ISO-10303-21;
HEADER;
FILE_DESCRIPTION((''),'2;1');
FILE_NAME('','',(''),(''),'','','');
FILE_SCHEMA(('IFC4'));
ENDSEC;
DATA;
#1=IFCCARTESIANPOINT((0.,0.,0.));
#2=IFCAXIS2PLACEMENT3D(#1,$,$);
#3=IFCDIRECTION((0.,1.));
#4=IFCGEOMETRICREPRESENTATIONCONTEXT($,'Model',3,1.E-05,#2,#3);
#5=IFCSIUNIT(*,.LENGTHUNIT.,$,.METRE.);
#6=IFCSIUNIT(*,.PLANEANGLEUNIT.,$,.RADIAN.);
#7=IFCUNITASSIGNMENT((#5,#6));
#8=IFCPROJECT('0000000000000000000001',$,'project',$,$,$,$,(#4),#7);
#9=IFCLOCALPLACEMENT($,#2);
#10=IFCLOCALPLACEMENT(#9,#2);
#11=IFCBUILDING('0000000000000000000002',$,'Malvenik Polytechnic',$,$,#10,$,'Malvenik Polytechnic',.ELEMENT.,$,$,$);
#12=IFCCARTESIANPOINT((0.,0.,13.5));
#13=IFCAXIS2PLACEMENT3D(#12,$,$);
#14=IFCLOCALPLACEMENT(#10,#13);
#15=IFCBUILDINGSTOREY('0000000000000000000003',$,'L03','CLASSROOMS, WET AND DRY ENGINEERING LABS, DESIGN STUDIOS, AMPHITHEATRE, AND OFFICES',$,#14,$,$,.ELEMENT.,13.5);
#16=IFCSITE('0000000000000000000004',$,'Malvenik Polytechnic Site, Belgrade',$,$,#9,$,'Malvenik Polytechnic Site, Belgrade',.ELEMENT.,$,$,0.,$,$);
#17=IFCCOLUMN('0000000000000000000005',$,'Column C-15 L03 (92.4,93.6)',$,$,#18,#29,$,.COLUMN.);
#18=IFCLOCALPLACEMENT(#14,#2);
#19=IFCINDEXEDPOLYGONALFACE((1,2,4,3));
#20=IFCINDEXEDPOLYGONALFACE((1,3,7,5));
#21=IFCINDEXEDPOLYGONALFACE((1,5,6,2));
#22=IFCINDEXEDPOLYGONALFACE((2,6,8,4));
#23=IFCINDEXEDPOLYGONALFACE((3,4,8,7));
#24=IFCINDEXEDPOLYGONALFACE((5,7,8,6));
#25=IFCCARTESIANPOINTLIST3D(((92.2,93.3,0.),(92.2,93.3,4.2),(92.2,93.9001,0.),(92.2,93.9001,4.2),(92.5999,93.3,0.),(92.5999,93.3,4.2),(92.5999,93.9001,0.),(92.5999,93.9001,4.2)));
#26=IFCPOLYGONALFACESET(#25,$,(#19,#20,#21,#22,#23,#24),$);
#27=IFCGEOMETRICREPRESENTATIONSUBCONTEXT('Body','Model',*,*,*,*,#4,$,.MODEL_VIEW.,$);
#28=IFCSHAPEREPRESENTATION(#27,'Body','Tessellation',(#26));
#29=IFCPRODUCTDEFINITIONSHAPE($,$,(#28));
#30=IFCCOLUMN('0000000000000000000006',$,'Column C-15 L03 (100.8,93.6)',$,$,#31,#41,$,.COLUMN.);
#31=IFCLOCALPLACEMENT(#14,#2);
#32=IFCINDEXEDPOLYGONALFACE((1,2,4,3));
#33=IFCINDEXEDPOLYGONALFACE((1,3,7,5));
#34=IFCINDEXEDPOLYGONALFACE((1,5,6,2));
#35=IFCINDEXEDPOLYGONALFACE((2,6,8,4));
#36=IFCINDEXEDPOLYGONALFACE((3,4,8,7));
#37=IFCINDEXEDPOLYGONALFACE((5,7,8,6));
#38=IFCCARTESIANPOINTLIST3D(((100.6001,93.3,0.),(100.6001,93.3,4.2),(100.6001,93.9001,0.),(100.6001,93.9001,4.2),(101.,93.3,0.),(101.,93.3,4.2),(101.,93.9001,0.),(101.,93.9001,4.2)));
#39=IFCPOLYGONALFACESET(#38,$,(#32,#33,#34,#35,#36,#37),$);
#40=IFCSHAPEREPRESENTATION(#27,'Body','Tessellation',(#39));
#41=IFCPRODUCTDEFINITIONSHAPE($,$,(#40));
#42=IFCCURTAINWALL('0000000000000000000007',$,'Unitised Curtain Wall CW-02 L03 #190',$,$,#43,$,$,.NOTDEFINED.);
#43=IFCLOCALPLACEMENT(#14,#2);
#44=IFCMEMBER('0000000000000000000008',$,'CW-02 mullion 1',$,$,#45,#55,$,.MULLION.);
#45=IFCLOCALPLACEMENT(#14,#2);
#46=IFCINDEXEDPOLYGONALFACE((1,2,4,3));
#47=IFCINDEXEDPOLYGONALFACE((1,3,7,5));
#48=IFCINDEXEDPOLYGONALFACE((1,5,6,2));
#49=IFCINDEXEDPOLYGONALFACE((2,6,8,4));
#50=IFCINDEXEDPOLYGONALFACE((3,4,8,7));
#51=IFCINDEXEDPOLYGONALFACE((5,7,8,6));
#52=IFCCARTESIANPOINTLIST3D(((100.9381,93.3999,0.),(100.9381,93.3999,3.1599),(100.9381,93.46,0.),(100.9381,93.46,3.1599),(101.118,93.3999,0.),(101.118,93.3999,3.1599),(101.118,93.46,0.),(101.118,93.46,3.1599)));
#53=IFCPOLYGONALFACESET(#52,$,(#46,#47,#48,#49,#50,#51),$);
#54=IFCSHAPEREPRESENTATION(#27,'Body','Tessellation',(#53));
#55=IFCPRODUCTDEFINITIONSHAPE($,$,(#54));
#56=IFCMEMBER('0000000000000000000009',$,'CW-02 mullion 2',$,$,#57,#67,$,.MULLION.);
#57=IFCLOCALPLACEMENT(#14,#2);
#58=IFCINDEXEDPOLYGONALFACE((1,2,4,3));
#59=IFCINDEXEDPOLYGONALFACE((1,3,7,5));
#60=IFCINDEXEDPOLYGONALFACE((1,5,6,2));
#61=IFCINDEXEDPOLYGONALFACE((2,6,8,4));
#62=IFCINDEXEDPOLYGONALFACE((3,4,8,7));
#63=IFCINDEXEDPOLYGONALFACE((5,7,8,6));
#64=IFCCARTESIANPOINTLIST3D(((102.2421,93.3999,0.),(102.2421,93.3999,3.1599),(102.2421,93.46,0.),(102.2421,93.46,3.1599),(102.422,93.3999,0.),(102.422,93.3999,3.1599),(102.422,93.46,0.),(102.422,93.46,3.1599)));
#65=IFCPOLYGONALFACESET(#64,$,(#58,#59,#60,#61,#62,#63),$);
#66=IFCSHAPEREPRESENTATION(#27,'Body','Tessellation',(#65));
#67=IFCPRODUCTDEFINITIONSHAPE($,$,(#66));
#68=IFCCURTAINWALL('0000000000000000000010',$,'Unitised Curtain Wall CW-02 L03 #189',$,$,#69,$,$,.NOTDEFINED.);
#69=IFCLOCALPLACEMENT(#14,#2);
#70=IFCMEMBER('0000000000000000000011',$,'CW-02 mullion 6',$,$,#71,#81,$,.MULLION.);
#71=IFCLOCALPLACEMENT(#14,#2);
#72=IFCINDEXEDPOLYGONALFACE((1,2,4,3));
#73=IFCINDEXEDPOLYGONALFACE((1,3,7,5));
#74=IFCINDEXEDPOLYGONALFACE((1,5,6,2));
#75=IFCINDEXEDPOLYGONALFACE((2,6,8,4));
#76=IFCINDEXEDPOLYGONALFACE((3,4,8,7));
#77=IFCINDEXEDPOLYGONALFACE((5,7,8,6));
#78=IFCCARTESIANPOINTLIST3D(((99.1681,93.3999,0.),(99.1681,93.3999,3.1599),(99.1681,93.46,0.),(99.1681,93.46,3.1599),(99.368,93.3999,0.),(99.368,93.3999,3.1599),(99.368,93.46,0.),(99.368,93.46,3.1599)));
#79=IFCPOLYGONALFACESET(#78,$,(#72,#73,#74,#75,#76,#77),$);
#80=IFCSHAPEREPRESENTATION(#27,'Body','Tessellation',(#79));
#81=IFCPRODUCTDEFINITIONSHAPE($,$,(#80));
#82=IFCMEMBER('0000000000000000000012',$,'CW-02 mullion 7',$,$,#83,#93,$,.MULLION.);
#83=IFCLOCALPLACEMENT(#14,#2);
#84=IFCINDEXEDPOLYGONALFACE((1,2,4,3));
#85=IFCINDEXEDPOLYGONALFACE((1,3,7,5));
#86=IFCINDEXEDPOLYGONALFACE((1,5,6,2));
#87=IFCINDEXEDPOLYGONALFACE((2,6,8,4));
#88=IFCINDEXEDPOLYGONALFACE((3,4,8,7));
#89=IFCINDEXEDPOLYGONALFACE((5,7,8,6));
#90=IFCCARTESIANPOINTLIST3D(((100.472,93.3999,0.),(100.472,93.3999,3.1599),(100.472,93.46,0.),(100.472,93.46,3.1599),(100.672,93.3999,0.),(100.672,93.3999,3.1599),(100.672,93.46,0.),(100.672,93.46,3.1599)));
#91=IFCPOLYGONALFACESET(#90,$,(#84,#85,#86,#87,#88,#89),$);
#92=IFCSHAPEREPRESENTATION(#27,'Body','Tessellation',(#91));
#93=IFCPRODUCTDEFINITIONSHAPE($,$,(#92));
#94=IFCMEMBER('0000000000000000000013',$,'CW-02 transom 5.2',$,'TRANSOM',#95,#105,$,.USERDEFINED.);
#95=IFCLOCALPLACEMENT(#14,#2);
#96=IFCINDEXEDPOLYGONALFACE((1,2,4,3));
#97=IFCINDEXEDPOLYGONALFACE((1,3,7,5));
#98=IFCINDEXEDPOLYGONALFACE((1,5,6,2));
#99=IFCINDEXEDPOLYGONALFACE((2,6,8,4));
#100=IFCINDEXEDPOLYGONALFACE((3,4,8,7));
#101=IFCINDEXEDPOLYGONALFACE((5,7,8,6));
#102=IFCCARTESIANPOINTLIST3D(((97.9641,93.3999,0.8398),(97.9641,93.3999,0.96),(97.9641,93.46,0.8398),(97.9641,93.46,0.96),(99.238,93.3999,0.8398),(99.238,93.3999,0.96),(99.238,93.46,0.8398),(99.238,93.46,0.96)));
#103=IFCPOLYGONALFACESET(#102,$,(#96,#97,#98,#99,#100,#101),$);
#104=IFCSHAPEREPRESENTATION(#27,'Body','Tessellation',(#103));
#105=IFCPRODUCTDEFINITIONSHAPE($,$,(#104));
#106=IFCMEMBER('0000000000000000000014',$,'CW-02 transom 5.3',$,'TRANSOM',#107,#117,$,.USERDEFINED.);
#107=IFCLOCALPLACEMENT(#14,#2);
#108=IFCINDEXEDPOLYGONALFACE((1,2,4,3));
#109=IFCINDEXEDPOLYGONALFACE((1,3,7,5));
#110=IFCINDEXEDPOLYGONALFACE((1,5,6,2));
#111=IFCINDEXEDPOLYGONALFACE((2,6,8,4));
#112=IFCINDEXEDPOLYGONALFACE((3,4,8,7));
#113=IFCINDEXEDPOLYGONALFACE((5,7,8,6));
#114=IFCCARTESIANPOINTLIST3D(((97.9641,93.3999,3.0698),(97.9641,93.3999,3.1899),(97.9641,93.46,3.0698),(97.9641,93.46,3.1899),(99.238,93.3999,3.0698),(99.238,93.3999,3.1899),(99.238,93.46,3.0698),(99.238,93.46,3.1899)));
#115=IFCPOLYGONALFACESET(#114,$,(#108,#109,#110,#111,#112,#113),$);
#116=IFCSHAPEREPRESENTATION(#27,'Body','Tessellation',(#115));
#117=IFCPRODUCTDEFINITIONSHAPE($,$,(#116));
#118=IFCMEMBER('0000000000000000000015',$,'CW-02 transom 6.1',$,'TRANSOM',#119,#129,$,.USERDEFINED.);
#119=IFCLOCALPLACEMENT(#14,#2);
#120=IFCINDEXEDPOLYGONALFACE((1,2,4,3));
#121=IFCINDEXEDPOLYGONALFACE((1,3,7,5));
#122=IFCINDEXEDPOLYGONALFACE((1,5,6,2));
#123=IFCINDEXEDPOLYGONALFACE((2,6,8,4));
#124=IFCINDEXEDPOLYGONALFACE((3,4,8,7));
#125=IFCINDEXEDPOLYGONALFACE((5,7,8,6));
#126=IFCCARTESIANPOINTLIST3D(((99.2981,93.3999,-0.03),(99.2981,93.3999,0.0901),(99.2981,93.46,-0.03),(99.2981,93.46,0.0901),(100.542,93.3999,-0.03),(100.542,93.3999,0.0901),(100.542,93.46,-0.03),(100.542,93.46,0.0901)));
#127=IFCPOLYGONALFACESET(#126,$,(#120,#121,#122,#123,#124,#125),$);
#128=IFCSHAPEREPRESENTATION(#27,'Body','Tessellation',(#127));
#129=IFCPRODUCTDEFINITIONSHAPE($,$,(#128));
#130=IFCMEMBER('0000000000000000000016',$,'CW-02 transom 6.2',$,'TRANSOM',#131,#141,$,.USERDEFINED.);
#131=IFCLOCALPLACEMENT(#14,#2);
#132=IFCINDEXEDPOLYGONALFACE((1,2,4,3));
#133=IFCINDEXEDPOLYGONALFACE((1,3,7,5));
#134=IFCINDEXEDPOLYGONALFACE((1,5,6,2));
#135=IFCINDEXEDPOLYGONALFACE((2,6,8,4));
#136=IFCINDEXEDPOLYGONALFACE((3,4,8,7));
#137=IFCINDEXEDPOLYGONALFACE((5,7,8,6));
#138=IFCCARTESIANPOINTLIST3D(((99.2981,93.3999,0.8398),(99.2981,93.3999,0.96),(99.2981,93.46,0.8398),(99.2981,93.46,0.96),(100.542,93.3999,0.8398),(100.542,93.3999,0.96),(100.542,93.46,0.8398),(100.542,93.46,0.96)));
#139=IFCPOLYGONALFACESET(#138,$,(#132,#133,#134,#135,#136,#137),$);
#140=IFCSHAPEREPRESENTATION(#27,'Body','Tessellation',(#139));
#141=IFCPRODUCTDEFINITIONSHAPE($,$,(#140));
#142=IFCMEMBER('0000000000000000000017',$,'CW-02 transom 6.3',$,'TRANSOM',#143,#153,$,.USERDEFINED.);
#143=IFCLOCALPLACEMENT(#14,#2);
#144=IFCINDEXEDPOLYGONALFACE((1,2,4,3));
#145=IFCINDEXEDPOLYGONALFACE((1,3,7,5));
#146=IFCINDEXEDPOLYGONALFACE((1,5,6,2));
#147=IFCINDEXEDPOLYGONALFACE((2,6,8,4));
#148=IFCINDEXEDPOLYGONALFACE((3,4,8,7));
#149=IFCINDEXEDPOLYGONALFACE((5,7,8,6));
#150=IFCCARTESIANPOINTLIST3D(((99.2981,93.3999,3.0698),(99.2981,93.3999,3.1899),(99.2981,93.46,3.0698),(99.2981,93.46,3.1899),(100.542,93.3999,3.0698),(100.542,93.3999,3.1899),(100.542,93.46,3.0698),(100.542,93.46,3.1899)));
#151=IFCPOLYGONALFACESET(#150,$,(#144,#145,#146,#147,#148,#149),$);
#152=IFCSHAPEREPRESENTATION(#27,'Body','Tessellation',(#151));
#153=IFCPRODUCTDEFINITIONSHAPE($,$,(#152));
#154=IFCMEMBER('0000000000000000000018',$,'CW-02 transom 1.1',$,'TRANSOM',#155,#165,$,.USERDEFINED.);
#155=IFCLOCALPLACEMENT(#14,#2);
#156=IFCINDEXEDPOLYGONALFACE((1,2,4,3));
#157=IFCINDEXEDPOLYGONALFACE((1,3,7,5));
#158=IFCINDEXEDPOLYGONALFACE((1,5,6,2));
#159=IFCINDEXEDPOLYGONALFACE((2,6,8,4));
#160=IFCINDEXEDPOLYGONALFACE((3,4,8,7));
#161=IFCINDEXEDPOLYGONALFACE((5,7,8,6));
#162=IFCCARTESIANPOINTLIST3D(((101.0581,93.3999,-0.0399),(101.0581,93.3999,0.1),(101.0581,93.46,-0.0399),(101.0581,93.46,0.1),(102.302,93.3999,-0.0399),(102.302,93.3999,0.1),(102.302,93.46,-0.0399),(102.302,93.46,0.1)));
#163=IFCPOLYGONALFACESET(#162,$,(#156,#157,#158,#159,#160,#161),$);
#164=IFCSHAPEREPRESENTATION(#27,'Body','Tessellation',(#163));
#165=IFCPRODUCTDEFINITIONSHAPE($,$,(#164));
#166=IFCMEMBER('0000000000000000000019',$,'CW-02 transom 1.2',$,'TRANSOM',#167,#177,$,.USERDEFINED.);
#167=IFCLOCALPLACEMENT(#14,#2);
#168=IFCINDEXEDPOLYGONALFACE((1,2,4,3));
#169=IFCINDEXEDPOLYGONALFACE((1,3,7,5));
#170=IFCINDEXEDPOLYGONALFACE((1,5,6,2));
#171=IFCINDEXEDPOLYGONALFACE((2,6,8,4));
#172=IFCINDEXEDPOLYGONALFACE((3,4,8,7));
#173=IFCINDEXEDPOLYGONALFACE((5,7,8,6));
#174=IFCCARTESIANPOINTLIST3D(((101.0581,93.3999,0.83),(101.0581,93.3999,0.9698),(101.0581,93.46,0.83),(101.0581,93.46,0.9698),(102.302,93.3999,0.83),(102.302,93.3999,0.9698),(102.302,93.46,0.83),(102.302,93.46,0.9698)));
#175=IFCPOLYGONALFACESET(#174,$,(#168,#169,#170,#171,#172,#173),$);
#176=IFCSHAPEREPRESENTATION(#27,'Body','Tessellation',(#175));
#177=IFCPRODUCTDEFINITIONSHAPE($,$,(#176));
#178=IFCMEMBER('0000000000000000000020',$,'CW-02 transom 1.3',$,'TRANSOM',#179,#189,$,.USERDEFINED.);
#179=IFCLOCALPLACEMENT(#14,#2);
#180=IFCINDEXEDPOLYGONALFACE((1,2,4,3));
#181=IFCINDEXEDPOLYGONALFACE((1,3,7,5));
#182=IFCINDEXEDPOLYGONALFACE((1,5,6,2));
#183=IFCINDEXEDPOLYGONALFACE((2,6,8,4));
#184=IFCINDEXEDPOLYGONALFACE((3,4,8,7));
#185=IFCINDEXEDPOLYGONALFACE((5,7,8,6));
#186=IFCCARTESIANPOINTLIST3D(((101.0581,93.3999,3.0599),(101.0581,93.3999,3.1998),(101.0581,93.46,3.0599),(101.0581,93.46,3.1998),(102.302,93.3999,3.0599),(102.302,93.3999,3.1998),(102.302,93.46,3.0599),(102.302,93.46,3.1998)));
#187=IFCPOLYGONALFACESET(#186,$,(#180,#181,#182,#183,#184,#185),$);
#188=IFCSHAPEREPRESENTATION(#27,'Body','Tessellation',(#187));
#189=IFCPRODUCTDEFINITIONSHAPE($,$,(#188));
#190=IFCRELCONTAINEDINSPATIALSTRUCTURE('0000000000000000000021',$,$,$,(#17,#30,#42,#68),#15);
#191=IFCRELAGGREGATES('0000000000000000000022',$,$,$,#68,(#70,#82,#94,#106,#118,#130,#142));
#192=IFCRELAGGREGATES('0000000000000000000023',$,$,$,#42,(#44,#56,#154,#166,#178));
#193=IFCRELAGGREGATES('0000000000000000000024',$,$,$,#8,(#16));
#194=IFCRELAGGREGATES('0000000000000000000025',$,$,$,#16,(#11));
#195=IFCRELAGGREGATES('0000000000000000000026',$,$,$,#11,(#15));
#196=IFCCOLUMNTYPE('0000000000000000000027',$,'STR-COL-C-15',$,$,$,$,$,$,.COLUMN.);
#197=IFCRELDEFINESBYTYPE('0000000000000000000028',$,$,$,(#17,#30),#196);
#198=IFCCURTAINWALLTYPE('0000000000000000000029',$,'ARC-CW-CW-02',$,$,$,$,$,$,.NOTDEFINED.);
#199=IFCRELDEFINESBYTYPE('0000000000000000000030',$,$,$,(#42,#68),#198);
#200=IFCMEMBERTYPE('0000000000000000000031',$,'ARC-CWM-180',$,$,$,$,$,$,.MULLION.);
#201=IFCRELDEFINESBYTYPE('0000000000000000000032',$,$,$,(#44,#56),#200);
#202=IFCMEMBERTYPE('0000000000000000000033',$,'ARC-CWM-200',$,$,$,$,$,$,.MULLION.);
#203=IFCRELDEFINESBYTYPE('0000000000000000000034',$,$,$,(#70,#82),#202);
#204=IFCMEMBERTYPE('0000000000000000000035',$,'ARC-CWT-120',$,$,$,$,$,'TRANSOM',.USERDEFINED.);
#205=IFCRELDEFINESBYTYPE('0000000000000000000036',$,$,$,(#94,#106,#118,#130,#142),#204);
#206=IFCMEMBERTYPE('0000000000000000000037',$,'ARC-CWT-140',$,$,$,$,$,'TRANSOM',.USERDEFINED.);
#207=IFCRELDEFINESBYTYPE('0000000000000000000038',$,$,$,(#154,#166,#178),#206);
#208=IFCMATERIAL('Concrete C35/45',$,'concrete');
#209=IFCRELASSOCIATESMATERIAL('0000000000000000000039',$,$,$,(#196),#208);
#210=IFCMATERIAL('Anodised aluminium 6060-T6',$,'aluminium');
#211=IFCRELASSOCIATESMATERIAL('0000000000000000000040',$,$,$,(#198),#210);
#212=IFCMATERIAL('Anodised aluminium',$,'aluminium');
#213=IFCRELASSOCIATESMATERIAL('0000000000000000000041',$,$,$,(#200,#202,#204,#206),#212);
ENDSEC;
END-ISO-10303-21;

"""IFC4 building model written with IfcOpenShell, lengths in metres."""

from ifc_helpers import new_model, si_unit, direction, frame, origin, origin_2d, place, context, subcontext, project, spatial, rectangle, extrude, material, material_profile, profile_set, type_object, element, aggregate, save


model = new_model("IFC4")

# Units and contexts
model_context = context("Model", 3, precision=1e-05, world=origin(), true_north=direction((0.0, 1.0)))
body_context = subcontext(model_context, "Body", "Model", "MODEL_VIEW")
ifc_project = project(units=[si_unit("LENGTHUNIT", "METRE"), si_unit("PLANEANGLEUNIT", "RADIAN")], contexts=[model_context])

# Site, building, storey
site_placement = place(None, origin())
site = spatial("IfcSite", under=ifc_project, at=site_placement, Name="Malvenik Polytechnic Site, Belgrade", LongName="Malvenik Polytechnic Site, Belgrade", CompositionType="ELEMENT", RefElevation=0.0)
building_placement = place(site_placement, origin())
building = spatial("IfcBuilding", under=site, at=building_placement, Name="Malvenik Polytechnic", LongName="Malvenik Polytechnic", CompositionType="ELEMENT")
storey_placement = place(building_placement, frame((0.0, 0.0, 13.5)))
storey = spatial("IfcBuildingStorey", under=building, at=storey_placement, Name="L03", Description="CLASSROOMS, WET AND DRY ENGINEERING LABS, DESIGN STUDIOS, AMPHITHEATRE, AND OFFICES", CompositionType="ELEMENT", Elevation=13.5)

# Columns
ifc_material_1 = material(Name="Concrete C35/45", Category="concrete")
ifc_material_profile_1 = material_profile(ifc_material_1, rectangle(XDim=0.3999, YDim=0.6001, at=origin_2d()), Name="RC COL 600x400")
ifc_profile_set_1 = profile_set([ifc_material_profile_1], Name="Concrete C35/45")
column_type = type_object("IfcColumnType", Name="STR-COL-C-15", PredefinedType="COLUMN", material=ifc_profile_set_1)
for number, where, z_axis, x_axis, name in (
    (1, (92.3999, 93.6001, 0.0), (0.0, 0.0, 1.0), (1.0, 0.0, 0.0), "Column C-15 L03 (92.4,93.6)"),
    (2, (100.8, 93.6001, 0.0), (0.0, 0.0, 1.0), (1.0, 0.0, 0.0), "Column C-15 L03 (100.8,93.6)"),
):
    element("IfcColumn", number, at=place(storey_placement, frame(where, z_axis=z_axis, x_axis=x_axis)), inside=storey, type_object=column_type, Name=name, PredefinedType="COLUMN", context=body_context, shape_type="SweptSolid", body=[
        extrude(rectangle(XDim=0.3999, YDim=0.6001, at=origin_2d()), origin(), (0.0, 0.0, 1.0), 4.2),
    ])

# Curtain walls, members
ifc_material_2 = material(Name="Anodised aluminium 6060-T6", Category="aluminium")
curtain_wall_type = type_object("IfcCurtainWallType", Name="ARC-CW-CW-02", PredefinedType="NOTDEFINED", material=ifc_material_2)
curtain_wall_1_placement = place(storey_placement, origin())
curtain_wall_1 = element("IfcCurtainWall", 3, at=curtain_wall_1_placement, inside=storey, type_object=curtain_wall_type, Name="Unitised Curtain Wall CW-02 L03 #190", PredefinedType="NOTDEFINED")
ifc_material_3 = material(Name="Anodised aluminium", Category="aluminium")
ifc_material_profile_2 = material_profile(ifc_material_3, rectangle(XDim=0.0601, YDim=0.1799, at=origin_2d()), Name="ALU MULLION 60x180")
ifc_profile_set_2 = profile_set([ifc_material_profile_2], Name="Anodised aluminium")
member_type_1 = type_object("IfcMemberType", Name="ARC-CWM-180", PredefinedType="MULLION", material=ifc_profile_set_2)
member_1_placement = place(storey_placement, frame((101.0281, 93.4299, 0.0), z_axis=(0.0, 0.0, 1.0), x_axis=(0.0, 1.0, 0.0)))
member_1 = element("IfcMember", 4, at=member_1_placement, type_object=member_type_1, Name="CW-02 mullion 1", PredefinedType="MULLION", context=body_context, shape_type="SweptSolid", body=[
    extrude(rectangle(XDim=0.0601, YDim=0.1799, at=origin_2d()), origin(), (0.0, 0.0, 1.0), 3.1599),
])
member_2_placement = place(storey_placement, frame((102.332, 93.4299, 0.0), z_axis=(0.0, 0.0, 1.0), x_axis=(0.0, 1.0, 0.0)))
member_2 = element("IfcMember", 5, at=member_2_placement, type_object=member_type_1, Name="CW-02 mullion 2", PredefinedType="MULLION", context=body_context, shape_type="SweptSolid", body=[
    extrude(rectangle(XDim=0.0601, YDim=0.1799, at=origin_2d()), origin(), (0.0, 0.0, 1.0), 3.1599),
])
curtain_wall_2_placement = place(storey_placement, origin())
curtain_wall_2 = element("IfcCurtainWall", 6, at=curtain_wall_2_placement, inside=storey, type_object=curtain_wall_type, Name="Unitised Curtain Wall CW-02 L03 #189", PredefinedType="NOTDEFINED")
ifc_material_profile_3 = material_profile(ifc_material_3, rectangle(XDim=0.0601, YDim=0.2, at=origin_2d()), Name="ALU MULLION 60x200")
ifc_profile_set_3 = profile_set([ifc_material_profile_3], Name="Anodised aluminium")
member_type_2 = type_object("IfcMemberType", Name="ARC-CWM-200", PredefinedType="MULLION", material=ifc_profile_set_3)
member_3_placement = place(storey_placement, frame((99.2681, 93.4299, 0.0), z_axis=(0.0, 0.0, 1.0), x_axis=(0.0, 1.0, 0.0)))
member_3 = element("IfcMember", 7, at=member_3_placement, type_object=member_type_2, Name="CW-02 mullion 6", PredefinedType="MULLION", context=body_context, shape_type="SweptSolid", body=[
    extrude(rectangle(XDim=0.0601, YDim=0.2, at=origin_2d()), origin(), (0.0, 0.0, 1.0), 3.1599),
])
member_4_placement = place(storey_placement, frame((100.572, 93.4299, 0.0), z_axis=(0.0, 0.0, 1.0), x_axis=(0.0, 1.0, 0.0)))
member_4 = element("IfcMember", 8, at=member_4_placement, type_object=member_type_2, Name="CW-02 mullion 7", PredefinedType="MULLION", context=body_context, shape_type="SweptSolid", body=[
    extrude(rectangle(XDim=0.0601, YDim=0.2, at=origin_2d()), origin(), (0.0, 0.0, 1.0), 3.1599),
])
ifc_material_profile_4 = material_profile(ifc_material_3, rectangle(XDim=0.0601, YDim=0.1201, at=origin_2d()), Name="ALU TRANSOM 60x120")
ifc_profile_set_4 = profile_set([ifc_material_profile_4], Name="Anodised aluminium")
member_type_3 = type_object("IfcMemberType", Name="ARC-CWT-120", ElementType="TRANSOM", PredefinedType="USERDEFINED", material=ifc_profile_set_4)
member_5_placement = place(storey_placement, frame((97.9641, 93.4299, 0.8999), z_axis=(1.0, 0.0, 0.0), x_axis=(0.0, 1.0, 0.0)))
member_5 = element("IfcMember", 9, at=member_5_placement, type_object=member_type_3, Name="CW-02 transom 5.2", ObjectType="TRANSOM", PredefinedType="USERDEFINED", context=body_context, shape_type="SweptSolid", body=[
    extrude(rectangle(XDim=0.0601, YDim=0.1201, at=origin_2d()), origin(), (0.0, 0.0, 1.0), 1.2739),
])
member_6_placement = place(storey_placement, frame((97.9641, 93.4299, 3.1299), z_axis=(1.0, 0.0, 0.0), x_axis=(0.0, 1.0, 0.0)))
member_6 = element("IfcMember", 10, at=member_6_placement, type_object=member_type_3, Name="CW-02 transom 5.3", ObjectType="TRANSOM", PredefinedType="USERDEFINED", context=body_context, shape_type="SweptSolid", body=[
    extrude(rectangle(XDim=0.0601, YDim=0.1201, at=origin_2d()), origin(), (0.0, 0.0, 1.0), 1.2739),
])
member_7_placement = place(storey_placement, frame((99.2981, 93.4299, 0.03), z_axis=(1.0, 0.0, 0.0), x_axis=(0.0, 1.0, 0.0)))
member_7 = element("IfcMember", 11, at=member_7_placement, type_object=member_type_3, Name="CW-02 transom 6.1", ObjectType="TRANSOM", PredefinedType="USERDEFINED", context=body_context, shape_type="SweptSolid", body=[
    extrude(rectangle(XDim=0.0601, YDim=0.1201, at=origin_2d()), origin(), (0.0, 0.0, 1.0), 1.2439),
])
member_8_placement = place(storey_placement, frame((99.2981, 93.4299, 0.8999), z_axis=(1.0, 0.0, 0.0), x_axis=(0.0, 1.0, 0.0)))
member_8 = element("IfcMember", 12, at=member_8_placement, type_object=member_type_3, Name="CW-02 transom 6.2", ObjectType="TRANSOM", PredefinedType="USERDEFINED", context=body_context, shape_type="SweptSolid", body=[
    extrude(rectangle(XDim=0.0601, YDim=0.1201, at=origin_2d()), origin(), (0.0, 0.0, 1.0), 1.2439),
])
member_9_placement = place(storey_placement, frame((99.2981, 93.4299, 3.1299), z_axis=(1.0, 0.0, 0.0), x_axis=(0.0, 1.0, 0.0)))
member_9 = element("IfcMember", 13, at=member_9_placement, type_object=member_type_3, Name="CW-02 transom 6.3", ObjectType="TRANSOM", PredefinedType="USERDEFINED", context=body_context, shape_type="SweptSolid", body=[
    extrude(rectangle(XDim=0.0601, YDim=0.1201, at=origin_2d()), origin(), (0.0, 0.0, 1.0), 1.2439),
])

# Members
ifc_material_profile_5 = material_profile(ifc_material_3, rectangle(XDim=0.0601, YDim=0.1399, at=origin_2d()), Name="ALU TRANSOM 60x140")
ifc_profile_set_5 = profile_set([ifc_material_profile_5], Name="Anodised aluminium")
member_type_4 = type_object("IfcMemberType", Name="ARC-CWT-140", ElementType="TRANSOM", PredefinedType="USERDEFINED", material=ifc_profile_set_5)
member_10_placement = place(storey_placement, frame((101.0581, 93.4299, 0.03), z_axis=(1.0, 0.0, 0.0), x_axis=(0.0, 1.0, 0.0)))
member_10 = element("IfcMember", 14, at=member_10_placement, type_object=member_type_4, Name="CW-02 transom 1.1", ObjectType="TRANSOM", PredefinedType="USERDEFINED", context=body_context, shape_type="SweptSolid", body=[
    extrude(rectangle(XDim=0.0601, YDim=0.1399, at=origin_2d()), origin(), (0.0, 0.0, 1.0), 1.2439),
])
member_11_placement = place(storey_placement, frame((101.0581, 93.4299, 0.8999), z_axis=(1.0, 0.0, 0.0), x_axis=(0.0, 1.0, 0.0)))
member_11 = element("IfcMember", 15, at=member_11_placement, type_object=member_type_4, Name="CW-02 transom 1.2", ObjectType="TRANSOM", PredefinedType="USERDEFINED", context=body_context, shape_type="SweptSolid", body=[
    extrude(rectangle(XDim=0.0601, YDim=0.1399, at=origin_2d()), origin(), (0.0, 0.0, 1.0), 1.2439),
])
member_12_placement = place(storey_placement, frame((101.0581, 93.4299, 3.1299), z_axis=(1.0, 0.0, 0.0), x_axis=(0.0, 1.0, 0.0)))
member_12 = element("IfcMember", 16, at=member_12_placement, type_object=member_type_4, Name="CW-02 transom 1.3", ObjectType="TRANSOM", PredefinedType="USERDEFINED", context=body_context, shape_type="SweptSolid", body=[
    extrude(rectangle(XDim=0.0601, YDim=0.1399, at=origin_2d()), origin(), (0.0, 0.0, 1.0), 1.2439),
])

aggregate(curtain_wall_2, [member_3, member_4, member_5, member_6, member_7, member_8, member_9])
aggregate(curtain_wall_1, [member_1, member_2, member_10, member_11, member_12])

save(model, "model.ifc")
